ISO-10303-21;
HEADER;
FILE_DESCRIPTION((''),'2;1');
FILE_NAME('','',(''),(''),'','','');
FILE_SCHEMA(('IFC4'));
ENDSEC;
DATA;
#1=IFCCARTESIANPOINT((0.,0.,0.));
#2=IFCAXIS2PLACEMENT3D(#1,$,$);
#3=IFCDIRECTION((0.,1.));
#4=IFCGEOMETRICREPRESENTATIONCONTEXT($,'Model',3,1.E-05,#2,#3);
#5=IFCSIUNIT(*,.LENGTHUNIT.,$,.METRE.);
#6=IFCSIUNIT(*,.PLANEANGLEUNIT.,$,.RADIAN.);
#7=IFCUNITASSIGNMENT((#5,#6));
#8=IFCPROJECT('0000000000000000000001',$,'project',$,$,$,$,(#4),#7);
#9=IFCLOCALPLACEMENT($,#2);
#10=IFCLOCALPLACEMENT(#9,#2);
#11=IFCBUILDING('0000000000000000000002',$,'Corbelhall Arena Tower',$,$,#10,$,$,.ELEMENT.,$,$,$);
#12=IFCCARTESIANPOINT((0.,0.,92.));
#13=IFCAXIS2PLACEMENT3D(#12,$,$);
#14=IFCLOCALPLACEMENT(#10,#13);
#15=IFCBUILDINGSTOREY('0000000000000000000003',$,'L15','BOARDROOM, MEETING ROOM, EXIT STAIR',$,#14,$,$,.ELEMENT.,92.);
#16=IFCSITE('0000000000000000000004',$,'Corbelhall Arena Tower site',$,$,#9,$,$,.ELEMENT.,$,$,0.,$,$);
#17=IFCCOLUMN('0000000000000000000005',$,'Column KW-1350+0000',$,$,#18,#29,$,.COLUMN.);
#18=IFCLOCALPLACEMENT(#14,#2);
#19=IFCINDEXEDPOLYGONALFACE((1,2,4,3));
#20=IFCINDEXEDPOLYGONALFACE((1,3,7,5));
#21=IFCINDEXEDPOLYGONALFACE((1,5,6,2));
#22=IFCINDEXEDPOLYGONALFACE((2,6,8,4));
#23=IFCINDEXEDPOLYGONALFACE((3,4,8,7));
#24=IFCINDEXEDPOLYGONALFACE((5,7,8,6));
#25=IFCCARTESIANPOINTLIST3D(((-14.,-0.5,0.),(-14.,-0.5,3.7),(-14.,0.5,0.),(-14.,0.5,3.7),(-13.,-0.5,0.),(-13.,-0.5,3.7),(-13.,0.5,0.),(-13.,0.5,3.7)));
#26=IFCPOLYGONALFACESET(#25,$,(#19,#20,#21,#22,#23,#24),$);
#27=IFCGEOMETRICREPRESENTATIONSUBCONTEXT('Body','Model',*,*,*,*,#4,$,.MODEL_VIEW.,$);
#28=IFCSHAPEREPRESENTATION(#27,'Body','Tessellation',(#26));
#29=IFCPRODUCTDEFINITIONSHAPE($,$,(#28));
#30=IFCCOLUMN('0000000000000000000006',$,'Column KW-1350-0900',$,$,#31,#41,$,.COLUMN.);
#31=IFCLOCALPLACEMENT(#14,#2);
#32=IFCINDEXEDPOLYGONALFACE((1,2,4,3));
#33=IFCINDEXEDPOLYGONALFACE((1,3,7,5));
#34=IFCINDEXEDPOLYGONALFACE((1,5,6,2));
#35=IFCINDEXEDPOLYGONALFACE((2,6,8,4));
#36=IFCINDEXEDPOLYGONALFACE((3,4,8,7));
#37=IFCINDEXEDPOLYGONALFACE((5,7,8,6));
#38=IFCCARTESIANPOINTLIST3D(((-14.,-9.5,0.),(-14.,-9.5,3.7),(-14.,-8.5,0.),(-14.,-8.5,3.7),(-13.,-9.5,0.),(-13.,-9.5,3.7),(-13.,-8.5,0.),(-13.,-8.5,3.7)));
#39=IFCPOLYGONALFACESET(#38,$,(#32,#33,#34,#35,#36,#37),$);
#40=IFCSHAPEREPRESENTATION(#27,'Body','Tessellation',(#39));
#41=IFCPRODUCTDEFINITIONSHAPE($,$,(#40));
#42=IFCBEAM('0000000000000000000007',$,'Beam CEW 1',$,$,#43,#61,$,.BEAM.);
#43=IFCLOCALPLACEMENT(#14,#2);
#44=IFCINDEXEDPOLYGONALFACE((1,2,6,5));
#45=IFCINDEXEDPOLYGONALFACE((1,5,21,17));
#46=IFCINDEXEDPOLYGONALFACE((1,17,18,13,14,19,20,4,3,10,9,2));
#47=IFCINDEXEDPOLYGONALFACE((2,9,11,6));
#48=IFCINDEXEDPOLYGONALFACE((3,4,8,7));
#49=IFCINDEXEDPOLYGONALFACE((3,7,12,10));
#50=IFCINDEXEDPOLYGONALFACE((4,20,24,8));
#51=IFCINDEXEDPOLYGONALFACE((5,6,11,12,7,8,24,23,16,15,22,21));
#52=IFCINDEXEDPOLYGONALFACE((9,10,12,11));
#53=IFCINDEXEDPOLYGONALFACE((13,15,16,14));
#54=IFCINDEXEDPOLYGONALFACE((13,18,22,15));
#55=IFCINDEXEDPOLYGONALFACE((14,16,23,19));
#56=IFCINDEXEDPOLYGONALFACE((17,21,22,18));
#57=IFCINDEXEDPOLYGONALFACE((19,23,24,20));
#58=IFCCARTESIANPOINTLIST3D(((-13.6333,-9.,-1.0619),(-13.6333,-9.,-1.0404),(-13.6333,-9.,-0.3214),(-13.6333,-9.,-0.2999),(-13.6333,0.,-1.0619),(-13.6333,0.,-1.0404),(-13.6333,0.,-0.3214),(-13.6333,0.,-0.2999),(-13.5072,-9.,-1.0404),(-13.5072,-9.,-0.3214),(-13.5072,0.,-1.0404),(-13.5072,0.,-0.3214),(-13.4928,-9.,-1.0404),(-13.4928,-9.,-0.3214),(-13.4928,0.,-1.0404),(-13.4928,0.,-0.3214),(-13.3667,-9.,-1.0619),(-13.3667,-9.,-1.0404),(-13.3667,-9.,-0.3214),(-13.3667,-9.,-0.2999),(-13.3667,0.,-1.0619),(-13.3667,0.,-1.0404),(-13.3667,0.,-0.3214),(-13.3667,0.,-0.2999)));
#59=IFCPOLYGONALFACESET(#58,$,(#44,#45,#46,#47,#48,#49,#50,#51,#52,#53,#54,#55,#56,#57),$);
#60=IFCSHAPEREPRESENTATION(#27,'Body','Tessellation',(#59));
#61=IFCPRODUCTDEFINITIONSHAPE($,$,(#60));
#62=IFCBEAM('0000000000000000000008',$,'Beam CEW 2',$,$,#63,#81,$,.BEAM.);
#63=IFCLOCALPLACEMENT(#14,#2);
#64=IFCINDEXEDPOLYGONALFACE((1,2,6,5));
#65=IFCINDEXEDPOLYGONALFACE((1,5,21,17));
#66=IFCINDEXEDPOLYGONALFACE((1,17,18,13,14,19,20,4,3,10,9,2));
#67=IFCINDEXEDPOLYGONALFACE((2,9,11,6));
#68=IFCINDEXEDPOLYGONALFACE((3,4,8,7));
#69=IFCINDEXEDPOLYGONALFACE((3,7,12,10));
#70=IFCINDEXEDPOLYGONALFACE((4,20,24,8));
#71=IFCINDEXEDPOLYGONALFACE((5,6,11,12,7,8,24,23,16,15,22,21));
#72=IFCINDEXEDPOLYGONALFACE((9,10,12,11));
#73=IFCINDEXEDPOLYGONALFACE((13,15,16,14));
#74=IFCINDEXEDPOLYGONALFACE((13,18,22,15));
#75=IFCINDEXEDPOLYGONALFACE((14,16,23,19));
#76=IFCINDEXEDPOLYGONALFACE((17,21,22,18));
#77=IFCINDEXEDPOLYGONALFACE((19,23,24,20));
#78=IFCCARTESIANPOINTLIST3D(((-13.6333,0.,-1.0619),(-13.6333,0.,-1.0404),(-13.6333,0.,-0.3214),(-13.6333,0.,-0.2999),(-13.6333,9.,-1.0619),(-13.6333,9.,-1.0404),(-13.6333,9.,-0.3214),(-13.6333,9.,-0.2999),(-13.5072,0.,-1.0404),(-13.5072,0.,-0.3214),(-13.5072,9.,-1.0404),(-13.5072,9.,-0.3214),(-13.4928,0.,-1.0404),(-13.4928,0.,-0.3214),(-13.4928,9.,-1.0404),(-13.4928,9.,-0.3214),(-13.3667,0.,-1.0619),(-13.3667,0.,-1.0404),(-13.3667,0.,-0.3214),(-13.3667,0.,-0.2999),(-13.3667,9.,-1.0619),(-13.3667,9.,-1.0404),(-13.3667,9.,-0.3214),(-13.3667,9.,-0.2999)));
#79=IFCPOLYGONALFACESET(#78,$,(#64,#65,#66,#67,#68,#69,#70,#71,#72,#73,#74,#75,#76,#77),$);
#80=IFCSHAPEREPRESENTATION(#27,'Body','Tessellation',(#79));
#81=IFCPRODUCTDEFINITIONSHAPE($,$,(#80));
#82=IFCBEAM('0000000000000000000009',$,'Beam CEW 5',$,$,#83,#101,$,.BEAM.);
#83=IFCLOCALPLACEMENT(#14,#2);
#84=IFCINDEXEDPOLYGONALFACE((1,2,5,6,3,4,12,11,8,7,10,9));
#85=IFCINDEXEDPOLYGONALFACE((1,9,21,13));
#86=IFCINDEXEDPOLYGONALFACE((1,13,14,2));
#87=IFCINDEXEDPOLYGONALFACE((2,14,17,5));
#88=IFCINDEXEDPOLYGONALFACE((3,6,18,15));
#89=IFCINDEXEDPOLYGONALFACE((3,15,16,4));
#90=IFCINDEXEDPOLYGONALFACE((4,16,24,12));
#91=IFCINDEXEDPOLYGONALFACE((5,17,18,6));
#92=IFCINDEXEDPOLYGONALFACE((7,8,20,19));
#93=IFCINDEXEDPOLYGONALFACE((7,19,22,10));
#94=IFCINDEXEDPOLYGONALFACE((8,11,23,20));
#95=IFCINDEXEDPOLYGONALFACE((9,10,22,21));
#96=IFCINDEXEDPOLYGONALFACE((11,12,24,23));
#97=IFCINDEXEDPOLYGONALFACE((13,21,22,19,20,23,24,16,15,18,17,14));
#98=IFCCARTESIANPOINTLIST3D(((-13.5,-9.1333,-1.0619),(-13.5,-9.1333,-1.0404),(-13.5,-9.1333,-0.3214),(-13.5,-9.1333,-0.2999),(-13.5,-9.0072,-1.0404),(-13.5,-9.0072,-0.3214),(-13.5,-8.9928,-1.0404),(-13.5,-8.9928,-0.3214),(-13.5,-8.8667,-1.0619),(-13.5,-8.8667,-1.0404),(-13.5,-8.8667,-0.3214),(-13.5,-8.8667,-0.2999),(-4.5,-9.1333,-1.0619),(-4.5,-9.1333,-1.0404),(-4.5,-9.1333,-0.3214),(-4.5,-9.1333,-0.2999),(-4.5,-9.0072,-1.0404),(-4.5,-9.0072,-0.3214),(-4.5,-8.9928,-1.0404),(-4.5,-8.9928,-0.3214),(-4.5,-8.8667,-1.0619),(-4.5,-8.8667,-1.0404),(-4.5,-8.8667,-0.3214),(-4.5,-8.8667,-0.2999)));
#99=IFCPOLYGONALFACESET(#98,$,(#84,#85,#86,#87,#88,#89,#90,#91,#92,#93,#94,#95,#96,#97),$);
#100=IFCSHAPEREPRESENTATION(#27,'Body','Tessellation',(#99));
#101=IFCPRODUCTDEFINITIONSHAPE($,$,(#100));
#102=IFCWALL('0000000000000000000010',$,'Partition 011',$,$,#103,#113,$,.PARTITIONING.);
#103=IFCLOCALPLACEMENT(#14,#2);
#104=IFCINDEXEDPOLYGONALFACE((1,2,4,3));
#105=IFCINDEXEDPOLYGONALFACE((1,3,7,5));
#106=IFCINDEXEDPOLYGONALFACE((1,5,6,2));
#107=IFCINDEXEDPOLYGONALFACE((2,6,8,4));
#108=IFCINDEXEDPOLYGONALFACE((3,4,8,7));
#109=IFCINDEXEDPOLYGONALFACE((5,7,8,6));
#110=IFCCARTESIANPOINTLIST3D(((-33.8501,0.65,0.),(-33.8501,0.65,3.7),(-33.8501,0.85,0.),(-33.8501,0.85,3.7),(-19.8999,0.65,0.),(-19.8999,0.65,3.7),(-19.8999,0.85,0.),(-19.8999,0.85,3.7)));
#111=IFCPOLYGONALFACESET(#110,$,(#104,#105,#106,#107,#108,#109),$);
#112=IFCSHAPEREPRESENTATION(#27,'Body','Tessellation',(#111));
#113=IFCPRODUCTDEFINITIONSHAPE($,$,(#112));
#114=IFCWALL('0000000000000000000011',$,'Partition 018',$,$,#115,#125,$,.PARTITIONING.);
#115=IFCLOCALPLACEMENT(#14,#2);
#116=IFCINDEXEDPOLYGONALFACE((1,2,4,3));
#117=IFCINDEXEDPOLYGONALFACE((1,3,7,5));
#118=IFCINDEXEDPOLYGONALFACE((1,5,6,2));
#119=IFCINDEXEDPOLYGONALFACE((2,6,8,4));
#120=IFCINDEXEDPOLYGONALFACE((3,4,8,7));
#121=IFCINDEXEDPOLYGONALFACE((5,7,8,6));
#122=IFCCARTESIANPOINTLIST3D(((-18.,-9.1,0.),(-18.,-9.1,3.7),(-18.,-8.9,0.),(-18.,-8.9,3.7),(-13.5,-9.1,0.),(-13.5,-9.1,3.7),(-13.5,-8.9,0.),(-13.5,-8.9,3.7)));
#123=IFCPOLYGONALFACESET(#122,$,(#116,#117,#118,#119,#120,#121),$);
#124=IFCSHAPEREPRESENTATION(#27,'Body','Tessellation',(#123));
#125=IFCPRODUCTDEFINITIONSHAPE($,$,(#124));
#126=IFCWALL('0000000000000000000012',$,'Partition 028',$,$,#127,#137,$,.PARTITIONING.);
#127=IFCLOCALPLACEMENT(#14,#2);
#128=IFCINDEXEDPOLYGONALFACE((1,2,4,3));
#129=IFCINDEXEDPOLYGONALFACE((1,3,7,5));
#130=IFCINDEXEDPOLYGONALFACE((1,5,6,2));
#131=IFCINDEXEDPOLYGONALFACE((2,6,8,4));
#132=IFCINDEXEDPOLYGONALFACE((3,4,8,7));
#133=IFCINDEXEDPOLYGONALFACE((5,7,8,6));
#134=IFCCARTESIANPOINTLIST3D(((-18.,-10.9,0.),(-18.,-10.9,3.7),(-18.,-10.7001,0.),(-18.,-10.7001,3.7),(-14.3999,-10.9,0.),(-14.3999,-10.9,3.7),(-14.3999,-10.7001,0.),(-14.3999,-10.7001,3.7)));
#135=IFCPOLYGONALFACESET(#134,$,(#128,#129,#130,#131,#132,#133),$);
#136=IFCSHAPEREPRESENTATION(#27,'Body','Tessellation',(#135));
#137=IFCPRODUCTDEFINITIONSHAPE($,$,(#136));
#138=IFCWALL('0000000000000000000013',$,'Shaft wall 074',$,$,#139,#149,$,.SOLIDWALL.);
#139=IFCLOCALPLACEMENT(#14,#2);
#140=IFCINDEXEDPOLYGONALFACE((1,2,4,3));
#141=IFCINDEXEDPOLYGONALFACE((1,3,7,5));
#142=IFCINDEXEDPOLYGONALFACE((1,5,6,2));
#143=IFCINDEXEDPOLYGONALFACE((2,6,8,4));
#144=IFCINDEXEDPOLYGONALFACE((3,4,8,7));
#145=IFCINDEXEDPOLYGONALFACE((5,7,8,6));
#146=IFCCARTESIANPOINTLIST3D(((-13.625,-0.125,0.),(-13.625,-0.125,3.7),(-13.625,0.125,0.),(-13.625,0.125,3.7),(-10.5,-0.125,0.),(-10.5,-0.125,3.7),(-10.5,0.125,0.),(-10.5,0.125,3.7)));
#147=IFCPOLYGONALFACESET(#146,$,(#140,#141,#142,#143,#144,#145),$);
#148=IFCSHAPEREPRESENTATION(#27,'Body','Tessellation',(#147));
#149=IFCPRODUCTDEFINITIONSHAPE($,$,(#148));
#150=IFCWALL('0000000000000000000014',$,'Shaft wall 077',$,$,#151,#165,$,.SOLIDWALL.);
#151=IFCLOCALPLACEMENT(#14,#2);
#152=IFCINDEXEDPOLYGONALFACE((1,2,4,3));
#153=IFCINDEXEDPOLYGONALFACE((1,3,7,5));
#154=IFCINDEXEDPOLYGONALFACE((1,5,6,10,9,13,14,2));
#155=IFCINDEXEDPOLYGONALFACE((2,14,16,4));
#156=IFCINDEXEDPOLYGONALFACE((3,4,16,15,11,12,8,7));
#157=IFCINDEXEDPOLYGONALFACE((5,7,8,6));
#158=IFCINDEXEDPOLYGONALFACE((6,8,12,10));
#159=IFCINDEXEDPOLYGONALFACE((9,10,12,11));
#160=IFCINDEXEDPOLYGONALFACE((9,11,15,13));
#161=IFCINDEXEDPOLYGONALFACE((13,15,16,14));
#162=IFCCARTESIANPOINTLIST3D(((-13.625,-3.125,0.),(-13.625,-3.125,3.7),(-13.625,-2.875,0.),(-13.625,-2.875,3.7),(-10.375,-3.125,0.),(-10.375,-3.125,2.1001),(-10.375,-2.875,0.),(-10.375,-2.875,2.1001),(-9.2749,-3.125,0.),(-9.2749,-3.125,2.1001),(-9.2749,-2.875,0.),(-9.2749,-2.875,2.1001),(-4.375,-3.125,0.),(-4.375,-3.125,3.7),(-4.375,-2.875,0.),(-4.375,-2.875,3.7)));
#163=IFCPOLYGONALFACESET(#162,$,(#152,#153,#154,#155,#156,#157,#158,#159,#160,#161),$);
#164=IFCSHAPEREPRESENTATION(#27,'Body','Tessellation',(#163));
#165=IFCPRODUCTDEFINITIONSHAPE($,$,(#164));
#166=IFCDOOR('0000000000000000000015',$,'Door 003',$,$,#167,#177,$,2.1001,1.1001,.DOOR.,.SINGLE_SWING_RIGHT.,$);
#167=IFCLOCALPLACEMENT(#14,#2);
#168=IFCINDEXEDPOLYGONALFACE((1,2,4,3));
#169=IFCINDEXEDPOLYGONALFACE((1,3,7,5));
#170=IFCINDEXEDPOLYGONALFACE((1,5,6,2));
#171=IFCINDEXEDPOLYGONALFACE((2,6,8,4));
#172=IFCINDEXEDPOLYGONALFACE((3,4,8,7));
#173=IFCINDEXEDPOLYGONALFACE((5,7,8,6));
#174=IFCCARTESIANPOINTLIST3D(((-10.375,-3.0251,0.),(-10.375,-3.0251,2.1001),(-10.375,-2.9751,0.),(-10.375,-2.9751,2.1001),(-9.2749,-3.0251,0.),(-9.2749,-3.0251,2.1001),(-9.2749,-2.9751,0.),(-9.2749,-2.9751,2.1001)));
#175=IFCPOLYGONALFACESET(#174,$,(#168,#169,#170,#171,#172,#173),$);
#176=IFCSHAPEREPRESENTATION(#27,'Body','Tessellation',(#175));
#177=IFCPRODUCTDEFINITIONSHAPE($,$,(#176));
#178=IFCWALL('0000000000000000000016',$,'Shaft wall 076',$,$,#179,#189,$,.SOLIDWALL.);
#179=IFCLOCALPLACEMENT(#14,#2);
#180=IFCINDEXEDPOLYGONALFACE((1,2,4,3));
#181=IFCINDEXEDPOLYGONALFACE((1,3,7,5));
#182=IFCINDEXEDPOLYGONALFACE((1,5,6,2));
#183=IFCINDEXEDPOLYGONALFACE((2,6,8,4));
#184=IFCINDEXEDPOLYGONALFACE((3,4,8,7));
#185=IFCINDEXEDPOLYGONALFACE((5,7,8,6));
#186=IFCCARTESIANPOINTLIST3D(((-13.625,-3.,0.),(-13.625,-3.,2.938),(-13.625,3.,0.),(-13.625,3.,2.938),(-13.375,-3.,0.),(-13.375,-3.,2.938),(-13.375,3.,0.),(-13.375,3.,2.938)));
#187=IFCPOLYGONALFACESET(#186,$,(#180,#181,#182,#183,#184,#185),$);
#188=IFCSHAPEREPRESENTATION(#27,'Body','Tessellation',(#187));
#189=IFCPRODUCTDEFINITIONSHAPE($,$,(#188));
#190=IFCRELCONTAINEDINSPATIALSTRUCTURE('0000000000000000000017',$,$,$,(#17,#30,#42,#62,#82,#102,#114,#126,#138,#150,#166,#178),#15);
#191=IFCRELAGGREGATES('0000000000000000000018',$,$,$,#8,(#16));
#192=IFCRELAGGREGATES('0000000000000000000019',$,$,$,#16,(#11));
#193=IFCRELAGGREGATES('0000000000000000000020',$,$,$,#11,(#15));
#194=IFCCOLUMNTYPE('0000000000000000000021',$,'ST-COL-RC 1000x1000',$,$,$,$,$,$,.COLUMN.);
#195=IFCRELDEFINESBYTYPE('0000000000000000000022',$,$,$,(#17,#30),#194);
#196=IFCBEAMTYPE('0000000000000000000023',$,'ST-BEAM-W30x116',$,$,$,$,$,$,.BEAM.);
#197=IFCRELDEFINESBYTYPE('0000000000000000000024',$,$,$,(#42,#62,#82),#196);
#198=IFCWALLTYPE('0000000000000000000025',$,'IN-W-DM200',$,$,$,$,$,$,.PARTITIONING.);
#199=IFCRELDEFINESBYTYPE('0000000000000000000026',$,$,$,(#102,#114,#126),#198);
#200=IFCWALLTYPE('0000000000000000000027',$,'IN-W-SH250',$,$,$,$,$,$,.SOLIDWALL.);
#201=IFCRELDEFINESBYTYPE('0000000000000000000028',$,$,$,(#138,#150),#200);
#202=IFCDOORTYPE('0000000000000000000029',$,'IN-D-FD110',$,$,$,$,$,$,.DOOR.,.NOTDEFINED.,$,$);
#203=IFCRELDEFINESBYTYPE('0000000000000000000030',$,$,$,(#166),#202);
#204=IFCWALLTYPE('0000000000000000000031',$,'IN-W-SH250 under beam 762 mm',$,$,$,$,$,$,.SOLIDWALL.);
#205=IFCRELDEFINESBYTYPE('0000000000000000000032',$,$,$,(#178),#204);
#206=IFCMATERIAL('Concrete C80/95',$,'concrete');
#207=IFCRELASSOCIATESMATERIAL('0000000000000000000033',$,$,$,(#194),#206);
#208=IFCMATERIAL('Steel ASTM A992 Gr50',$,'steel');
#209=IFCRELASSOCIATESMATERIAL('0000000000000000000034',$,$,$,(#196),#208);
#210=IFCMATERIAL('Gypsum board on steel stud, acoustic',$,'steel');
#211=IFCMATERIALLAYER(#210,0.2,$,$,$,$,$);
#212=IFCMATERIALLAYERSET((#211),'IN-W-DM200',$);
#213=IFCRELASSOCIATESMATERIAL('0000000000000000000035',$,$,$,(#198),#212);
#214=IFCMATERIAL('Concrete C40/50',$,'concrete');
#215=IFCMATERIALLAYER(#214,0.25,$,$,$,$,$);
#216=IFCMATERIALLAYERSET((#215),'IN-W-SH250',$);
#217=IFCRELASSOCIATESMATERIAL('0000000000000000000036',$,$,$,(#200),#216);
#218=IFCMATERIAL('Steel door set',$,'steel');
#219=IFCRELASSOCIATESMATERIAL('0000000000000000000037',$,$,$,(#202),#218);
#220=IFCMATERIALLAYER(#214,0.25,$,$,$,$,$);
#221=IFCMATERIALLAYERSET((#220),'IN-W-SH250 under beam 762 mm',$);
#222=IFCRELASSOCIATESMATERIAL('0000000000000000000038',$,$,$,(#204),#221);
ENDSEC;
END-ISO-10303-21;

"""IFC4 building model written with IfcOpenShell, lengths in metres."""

from ifc_helpers import new_model, si_unit, direction, frame, frame_2d, origin, origin_2d, place, context, subcontext, project, spatial, rectangle, i_section, extrude, material, layer, layer_set, material_profile, profile_set, type_object, element, fill, save


model = new_model("IFC4")

# Units and contexts
model_context = context("Model", 3, precision=1e-05, world=origin(), true_north=direction((0.0, 1.0)))
body_context = subcontext(model_context, "Body", "Model", "MODEL_VIEW")
ifc_project = project(units=[si_unit("LENGTHUNIT", "METRE"), si_unit("PLANEANGLEUNIT", "RADIAN")], contexts=[model_context])

# Site, building, storey
site_placement = place(None, origin())
site = spatial("IfcSite", under=ifc_project, at=site_placement, Name="Corbelhall Arena Tower site", CompositionType="ELEMENT", RefElevation=0.0)
building_placement = place(site_placement, origin())
building = spatial("IfcBuilding", under=site, at=building_placement, Name="Corbelhall Arena Tower", CompositionType="ELEMENT")
storey_placement = place(building_placement, frame((0.0, 0.0, 92.0)))
storey = spatial("IfcBuildingStorey", under=building, at=storey_placement, Name="L15", Description="BOARDROOM, MEETING ROOM, EXIT STAIR", CompositionType="ELEMENT", Elevation=92.0)

# Columns
ifc_material_1 = material(Name="Concrete C80/95", Category="concrete")
ifc_material_profile_1 = material_profile(ifc_material_1, rectangle(XDim=1.0, YDim=1.0, at=origin_2d()))
ifc_profile_set_1 = profile_set([ifc_material_profile_1], Name="Concrete C80/95")
column_type = type_object("IfcColumnType", Name="ST-COL-RC 1000x1000", PredefinedType="COLUMN", material=ifc_profile_set_1)
for number, where, z_axis, x_axis, name in (
    (1, (-13.5, 0.0, 0.0), (0.0, 0.0, 1.0), (1.0, 0.0, 0.0), "Column KW-1350+0000"),
    (2, (-13.5, -9.0, 0.0), (0.0, 0.0, 1.0), (1.0, 0.0, 0.0), "Column KW-1350-0900"),
):
    element("IfcColumn", number, at=place(storey_placement, frame(where, z_axis=z_axis, x_axis=x_axis)), inside=storey, type_object=column_type, Name=name, PredefinedType="COLUMN", context=body_context, shape_type="SweptSolid", body=[
        extrude(rectangle(XDim=1.0, YDim=1.0, at=origin_2d()), origin(), (0.0, 0.0, 1.0), 3.7),
    ])

# Beams
ifc_material_2 = material(Name="Steel ASTM A992 Gr50", Category="steel")
ifc_material_profile_2 = material_profile(ifc_material_2, i_section(OverallWidth=0.2666, OverallDepth=0.762, WebThickness=0.0144, FlangeThickness=0.0215, at=origin_2d()))
ifc_profile_set_2 = profile_set([ifc_material_profile_2], Name="Steel ASTM A992 Gr50")
beam_type = type_object("IfcBeamType", Name="ST-BEAM-W30x116", PredefinedType="BEAM", material=ifc_profile_set_2)
for number, where, z_axis, x_axis, name in (
    (3, (-13.5, -9.0, -0.6809), (0.0, 1.0, 0.0), (-1.0, 0.0, 0.0), "Beam CEW 1"),
    (4, (-13.5, 0.0, -0.6809), (0.0, 1.0, 0.0), (-1.0, 0.0, 0.0), "Beam CEW 2"),
    (5, (-13.5, -9.0, -0.6809), (1.0, 0.0, 0.0), (0.0, 1.0, 0.0), "Beam CEW 5"),
):
    element("IfcBeam", number, at=place(storey_placement, frame(where, z_axis=z_axis, x_axis=x_axis)), inside=storey, type_object=beam_type, Name=name, PredefinedType="BEAM", context=body_context, shape_type="SweptSolid", body=[
        extrude(i_section(OverallWidth=0.2666, OverallDepth=0.762, WebThickness=0.0144, FlangeThickness=0.0215, at=origin_2d()), origin(), (0.0, 0.0, 1.0), 9.0),
    ])

# Wall
ifc_material_3 = material(Name="Gypsum board on steel stud, acoustic", Category="steel")
ifc_layer_1 = layer(ifc_material_3, 0.2)
ifc_layer_set_1 = layer_set([ifc_layer_1], Name="IN-W-DM200")
wall_type_1 = type_object("IfcWallType", Name="IN-W-DM200", PredefinedType="PARTITIONING", material=ifc_layer_set_1)
wall_1_placement = place(storey_placement, frame((-19.8999, 0.75, 0.0), z_axis=(0.0, 0.0, 1.0), x_axis=(-1.0, 0.0, 0.0)))
element("IfcWall", 6, at=wall_1_placement, inside=storey, type_object=wall_type_1, Name="Partition 011", PredefinedType="PARTITIONING", context=body_context, shape_type="SweptSolid", body=[
    extrude(rectangle(XDim=13.9502, YDim=0.2, at=frame_2d((6.9751, 0.0))), origin(), (0.0, 0.0, 1.0), 3.7),
])

# Shared definitions
ifc_material_4 = material(Name="Steel door set", Category="steel")

# Walls
wall_2_placement = place(storey_placement, frame((-18.0, -9.0, 0.0), z_axis=(0.0, 0.0, 1.0), x_axis=(1.0, 0.0, 0.0)))
element("IfcWall", 7, at=wall_2_placement, inside=storey, type_object=wall_type_1, Name="Partition 018", PredefinedType="PARTITIONING", context=body_context, shape_type="SweptSolid", body=[
    extrude(rectangle(XDim=4.5, YDim=0.2, at=frame_2d((2.25, 0.0))), origin(), (0.0, 0.0, 1.0), 3.7),
])
wall_3_placement = place(storey_placement, frame((-14.3999, -10.8, 0.0), z_axis=(0.0, 0.0, 1.0), x_axis=(-1.0, 0.0, 0.0)))
element("IfcWall", 8, at=wall_3_placement, inside=storey, type_object=wall_type_1, Name="Partition 028", PredefinedType="PARTITIONING", context=body_context, shape_type="SweptSolid", body=[
    extrude(rectangle(XDim=3.6001, YDim=0.2, at=frame_2d((1.8, 0.0))), origin(), (0.0, 0.0, 1.0), 3.7),
])
ifc_material_5 = material(Name="Concrete C40/50", Category="concrete")
ifc_layer_2 = layer(ifc_material_5, 0.25)
ifc_layer_set_2 = layer_set([ifc_layer_2], Name="IN-W-SH250")
wall_type_2 = type_object("IfcWallType", Name="IN-W-SH250", PredefinedType="SOLIDWALL", material=ifc_layer_set_2)
wall_4_placement = place(storey_placement, frame((-13.625, 0.0, 0.0), z_axis=(0.0, 0.0, 1.0), x_axis=(1.0, 0.0, 0.0)))
element("IfcWall", 9, at=wall_4_placement, inside=storey, type_object=wall_type_2, Name="Shaft wall 074", PredefinedType="SOLIDWALL", context=body_context, shape_type="SweptSolid", body=[
    extrude(rectangle(XDim=3.125, YDim=0.25, at=frame_2d((1.5625, 0.0))), origin(), (0.0, 0.0, 1.0), 3.7),
])

# Wall, opening, door
wall_5_placement = place(storey_placement, frame((-13.625, -3.0, 0.0), z_axis=(0.0, 0.0, 1.0), x_axis=(1.0, 0.0, 0.0)))
wall_5 = element("IfcWall", 10, at=wall_5_placement, inside=storey, type_object=wall_type_2, Name="Shaft wall 077", PredefinedType="SOLIDWALL", context=body_context, shape_type="SweptSolid", body=[
    extrude(rectangle(XDim=9.25, YDim=0.25, at=frame_2d((4.625, 0.0))), origin(), (0.0, 0.0, 1.0), 3.7),
])
opening_1_placement = place(wall_5_placement, frame((3.25, 0.0, 0.0)))
opening_1 = element("IfcOpeningElement", 11, at=opening_1_placement, cuts=wall_5, PredefinedType="OPENING", context=body_context, shape_type="SweptSolid", body=[
    extrude(rectangle(XDim=1.1001, YDim=2.1001, at=frame_2d((0.55, 1.05))), frame((0.0, 0.125, 0.0), z_axis=(0.0, -1.0, 0.0), x_axis=(1.0, 0.0, 0.0)), (0.0, 0.0, 1.0), 0.25),
])
door_type_1 = type_object("IfcDoorType", Name="IN-D-FD110", OperationType="NOTDEFINED", PredefinedType="DOOR", material=ifc_material_4)
door_1_placement = place(opening_1_placement, origin())
door_1 = element("IfcDoor", 12, at=door_1_placement, inside=storey, type_object=door_type_1, Name="Door 003", OperationType="SINGLE_SWING_RIGHT", OverallHeight=2.1001, OverallWidth=1.1001, PredefinedType="DOOR", context=body_context, shape_type="SweptSolid", body=[
    extrude(rectangle(XDim=1.1001, YDim=2.1001, at=frame_2d((0.55, 1.05))), frame((0.0, 0.0249, 0.0), z_axis=(0.0, -1.0, 0.0), x_axis=(1.0, 0.0, 0.0)), (0.0, 0.0, 1.0), 0.05),
])
fill(opening_1, door_1)

# Wall
ifc_layer_3 = layer(ifc_material_5, 0.25)
ifc_layer_set_3 = layer_set([ifc_layer_3], Name="IN-W-SH250 under beam 762 mm")
wall_type_3 = type_object("IfcWallType", Name="IN-W-SH250 under beam 762 mm", PredefinedType="SOLIDWALL", material=ifc_layer_set_3)
wall_6_placement = place(storey_placement, frame((-13.5, -3.0, 0.0), z_axis=(0.0, 0.0, 1.0), x_axis=(0.0, 1.0, 0.0)))
element("IfcWall", 13, at=wall_6_placement, inside=storey, type_object=wall_type_3, Name="Shaft wall 076", PredefinedType="SOLIDWALL", context=body_context, shape_type="SweptSolid", body=[
    extrude(rectangle(XDim=6.0, YDim=0.25, at=frame_2d((3.0, 0.0))), origin(), (0.0, 0.0, 1.0), 2.938),
])

save(model, "model.ifc")
